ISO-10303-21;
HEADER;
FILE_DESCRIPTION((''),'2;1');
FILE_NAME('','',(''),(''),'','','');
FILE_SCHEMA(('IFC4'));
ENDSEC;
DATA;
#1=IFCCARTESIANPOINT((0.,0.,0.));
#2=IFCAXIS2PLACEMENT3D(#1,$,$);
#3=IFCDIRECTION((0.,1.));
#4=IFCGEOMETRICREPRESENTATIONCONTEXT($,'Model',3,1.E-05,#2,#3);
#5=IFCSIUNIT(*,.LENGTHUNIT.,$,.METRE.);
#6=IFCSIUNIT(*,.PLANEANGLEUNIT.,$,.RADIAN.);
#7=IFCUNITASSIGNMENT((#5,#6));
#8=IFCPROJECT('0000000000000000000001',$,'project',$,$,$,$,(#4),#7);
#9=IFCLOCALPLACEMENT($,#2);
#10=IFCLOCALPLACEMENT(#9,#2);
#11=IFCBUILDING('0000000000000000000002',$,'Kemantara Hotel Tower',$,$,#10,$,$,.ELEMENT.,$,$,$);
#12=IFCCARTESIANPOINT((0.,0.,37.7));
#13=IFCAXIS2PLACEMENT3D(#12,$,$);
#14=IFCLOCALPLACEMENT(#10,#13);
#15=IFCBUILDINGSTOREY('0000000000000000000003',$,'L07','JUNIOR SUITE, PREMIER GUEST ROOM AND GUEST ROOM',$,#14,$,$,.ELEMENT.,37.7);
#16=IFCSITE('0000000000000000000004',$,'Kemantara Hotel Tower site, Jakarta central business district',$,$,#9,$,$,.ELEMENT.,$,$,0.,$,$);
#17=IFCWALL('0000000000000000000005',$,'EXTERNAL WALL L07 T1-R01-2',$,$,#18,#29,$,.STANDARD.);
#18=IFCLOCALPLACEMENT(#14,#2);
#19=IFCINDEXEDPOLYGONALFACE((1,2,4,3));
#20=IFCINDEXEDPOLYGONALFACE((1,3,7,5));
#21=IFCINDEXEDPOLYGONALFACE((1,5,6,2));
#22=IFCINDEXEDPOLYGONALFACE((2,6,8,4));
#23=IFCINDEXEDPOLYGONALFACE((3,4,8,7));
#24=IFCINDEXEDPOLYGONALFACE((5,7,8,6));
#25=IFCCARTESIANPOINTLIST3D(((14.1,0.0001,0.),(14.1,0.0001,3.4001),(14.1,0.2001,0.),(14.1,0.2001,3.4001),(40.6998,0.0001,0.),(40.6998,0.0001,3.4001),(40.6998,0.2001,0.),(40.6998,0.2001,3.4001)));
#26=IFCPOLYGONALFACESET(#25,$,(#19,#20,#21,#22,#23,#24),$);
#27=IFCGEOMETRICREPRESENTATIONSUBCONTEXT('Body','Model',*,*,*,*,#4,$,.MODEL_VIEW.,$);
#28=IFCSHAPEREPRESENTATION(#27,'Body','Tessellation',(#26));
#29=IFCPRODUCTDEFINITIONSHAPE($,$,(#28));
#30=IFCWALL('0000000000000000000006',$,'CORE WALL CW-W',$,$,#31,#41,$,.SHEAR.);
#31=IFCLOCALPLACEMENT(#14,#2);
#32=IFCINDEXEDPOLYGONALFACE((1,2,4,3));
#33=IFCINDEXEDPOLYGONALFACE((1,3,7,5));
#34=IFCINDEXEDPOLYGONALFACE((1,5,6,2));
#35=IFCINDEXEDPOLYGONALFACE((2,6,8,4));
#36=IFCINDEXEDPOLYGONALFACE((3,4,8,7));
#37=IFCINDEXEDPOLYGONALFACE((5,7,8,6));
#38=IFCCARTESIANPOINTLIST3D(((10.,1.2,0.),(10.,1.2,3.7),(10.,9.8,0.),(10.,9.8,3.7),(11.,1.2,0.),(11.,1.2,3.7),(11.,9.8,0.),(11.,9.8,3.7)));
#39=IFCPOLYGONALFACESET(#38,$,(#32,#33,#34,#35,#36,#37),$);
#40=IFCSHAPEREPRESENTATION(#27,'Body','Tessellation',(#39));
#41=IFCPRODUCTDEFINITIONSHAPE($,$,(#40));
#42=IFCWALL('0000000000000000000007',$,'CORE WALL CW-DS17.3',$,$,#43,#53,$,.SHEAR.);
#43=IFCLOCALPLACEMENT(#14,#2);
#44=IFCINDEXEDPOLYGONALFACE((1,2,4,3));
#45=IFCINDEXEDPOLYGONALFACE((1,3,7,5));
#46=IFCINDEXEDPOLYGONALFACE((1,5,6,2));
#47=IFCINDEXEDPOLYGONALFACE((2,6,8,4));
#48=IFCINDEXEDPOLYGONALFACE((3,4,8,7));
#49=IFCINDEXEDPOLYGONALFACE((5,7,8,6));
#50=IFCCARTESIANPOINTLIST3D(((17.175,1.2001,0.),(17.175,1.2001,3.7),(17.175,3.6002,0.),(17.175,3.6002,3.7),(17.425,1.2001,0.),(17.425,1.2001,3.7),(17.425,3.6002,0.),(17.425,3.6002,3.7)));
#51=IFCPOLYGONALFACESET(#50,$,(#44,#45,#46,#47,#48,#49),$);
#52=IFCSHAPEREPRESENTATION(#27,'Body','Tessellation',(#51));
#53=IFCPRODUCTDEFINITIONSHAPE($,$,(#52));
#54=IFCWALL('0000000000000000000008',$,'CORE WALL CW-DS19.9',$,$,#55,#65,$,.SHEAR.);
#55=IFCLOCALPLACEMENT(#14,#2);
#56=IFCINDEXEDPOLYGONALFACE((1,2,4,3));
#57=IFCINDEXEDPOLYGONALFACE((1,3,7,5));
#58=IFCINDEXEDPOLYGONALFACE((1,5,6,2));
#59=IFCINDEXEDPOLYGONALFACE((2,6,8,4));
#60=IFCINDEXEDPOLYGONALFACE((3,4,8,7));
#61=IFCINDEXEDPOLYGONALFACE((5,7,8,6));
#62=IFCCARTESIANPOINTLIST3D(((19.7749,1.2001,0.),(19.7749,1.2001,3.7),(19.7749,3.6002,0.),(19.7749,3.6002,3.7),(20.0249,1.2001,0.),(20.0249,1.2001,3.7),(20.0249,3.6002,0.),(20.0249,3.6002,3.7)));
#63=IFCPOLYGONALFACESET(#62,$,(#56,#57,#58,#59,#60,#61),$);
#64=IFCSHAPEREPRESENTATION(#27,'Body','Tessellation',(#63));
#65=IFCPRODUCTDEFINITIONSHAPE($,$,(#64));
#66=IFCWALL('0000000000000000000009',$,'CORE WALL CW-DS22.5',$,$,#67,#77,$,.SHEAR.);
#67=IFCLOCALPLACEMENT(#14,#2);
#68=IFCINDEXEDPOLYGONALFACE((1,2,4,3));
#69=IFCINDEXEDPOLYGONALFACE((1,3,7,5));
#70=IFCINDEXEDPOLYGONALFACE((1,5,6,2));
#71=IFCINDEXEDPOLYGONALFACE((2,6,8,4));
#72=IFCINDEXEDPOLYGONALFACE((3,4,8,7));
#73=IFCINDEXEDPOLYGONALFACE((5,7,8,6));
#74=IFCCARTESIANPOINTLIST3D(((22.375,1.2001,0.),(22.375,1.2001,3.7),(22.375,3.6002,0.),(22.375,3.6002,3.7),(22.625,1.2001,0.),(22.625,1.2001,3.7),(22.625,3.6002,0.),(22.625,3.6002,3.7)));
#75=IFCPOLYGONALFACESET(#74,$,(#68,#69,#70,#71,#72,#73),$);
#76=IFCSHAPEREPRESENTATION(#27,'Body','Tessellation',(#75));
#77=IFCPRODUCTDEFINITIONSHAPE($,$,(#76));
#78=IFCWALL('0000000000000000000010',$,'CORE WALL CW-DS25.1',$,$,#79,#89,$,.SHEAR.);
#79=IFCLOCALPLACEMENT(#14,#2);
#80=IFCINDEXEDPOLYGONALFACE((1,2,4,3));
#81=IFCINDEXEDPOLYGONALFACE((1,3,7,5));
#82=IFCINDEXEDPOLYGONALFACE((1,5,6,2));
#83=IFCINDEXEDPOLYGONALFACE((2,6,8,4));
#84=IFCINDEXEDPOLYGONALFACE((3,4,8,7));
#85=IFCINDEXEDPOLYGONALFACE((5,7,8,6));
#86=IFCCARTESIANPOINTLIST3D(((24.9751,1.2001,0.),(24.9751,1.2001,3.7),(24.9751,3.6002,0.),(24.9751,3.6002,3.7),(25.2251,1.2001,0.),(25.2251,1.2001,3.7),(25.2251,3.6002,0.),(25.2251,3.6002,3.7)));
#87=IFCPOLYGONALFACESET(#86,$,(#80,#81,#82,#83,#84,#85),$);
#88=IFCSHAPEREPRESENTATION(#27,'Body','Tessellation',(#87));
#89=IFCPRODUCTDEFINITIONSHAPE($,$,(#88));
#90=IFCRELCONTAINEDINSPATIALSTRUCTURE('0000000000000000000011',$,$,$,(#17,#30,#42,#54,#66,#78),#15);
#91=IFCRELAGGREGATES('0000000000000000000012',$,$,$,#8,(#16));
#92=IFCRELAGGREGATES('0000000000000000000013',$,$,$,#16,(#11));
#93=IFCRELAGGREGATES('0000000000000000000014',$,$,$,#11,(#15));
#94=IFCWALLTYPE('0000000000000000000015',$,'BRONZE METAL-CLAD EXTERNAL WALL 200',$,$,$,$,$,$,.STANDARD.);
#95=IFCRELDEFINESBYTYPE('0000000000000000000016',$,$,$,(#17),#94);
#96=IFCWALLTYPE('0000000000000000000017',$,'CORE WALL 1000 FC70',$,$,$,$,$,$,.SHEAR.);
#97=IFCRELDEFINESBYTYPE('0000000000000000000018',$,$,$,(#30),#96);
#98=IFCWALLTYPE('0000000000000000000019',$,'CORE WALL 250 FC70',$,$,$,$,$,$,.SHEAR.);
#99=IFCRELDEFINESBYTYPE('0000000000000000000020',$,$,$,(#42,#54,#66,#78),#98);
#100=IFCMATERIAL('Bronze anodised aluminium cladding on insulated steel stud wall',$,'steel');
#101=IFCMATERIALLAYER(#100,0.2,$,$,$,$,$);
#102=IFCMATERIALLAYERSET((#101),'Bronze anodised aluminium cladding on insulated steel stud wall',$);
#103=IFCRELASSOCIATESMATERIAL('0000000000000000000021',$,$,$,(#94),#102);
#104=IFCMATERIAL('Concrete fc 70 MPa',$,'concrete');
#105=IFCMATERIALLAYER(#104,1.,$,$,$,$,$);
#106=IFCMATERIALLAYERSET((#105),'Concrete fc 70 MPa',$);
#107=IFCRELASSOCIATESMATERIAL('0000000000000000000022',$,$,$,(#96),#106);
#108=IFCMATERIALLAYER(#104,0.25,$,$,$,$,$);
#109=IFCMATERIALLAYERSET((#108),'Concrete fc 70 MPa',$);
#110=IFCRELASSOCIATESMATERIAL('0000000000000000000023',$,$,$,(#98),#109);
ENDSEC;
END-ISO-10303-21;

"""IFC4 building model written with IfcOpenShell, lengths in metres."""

from ifc_helpers import new_model, si_unit, direction, frame, frame_2d, origin, place, context, subcontext, project, spatial, rectangle, extrude, material, layer, layer_set, type_object, element, save


model = new_model("IFC4")

# Units and contexts
model_context = context("Model", 3, precision=1e-05, world=origin(), true_north=direction((0.0, 1.0)))
body_context = subcontext(model_context, "Body", "Model", "MODEL_VIEW")
ifc_project = project(units=[si_unit("LENGTHUNIT", "METRE"), si_unit("PLANEANGLEUNIT", "RADIAN")], contexts=[model_context])

# Site, building, storey
site_placement = place(None, origin())
site = spatial("IfcSite", under=ifc_project, at=site_placement, Name="Kemantara Hotel Tower site, Jakarta central business district", CompositionType="ELEMENT", RefElevation=0.0)
building_placement = place(site_placement, origin())
building = spatial("IfcBuilding", under=site, at=building_placement, Name="Kemantara Hotel Tower", CompositionType="ELEMENT")
storey_placement = place(building_placement, frame((0.0, 0.0, 37.7)))
storey = spatial("IfcBuildingStorey", under=building, at=storey_placement, Name="L07", Description="JUNIOR SUITE, PREMIER GUEST ROOM AND GUEST ROOM", CompositionType="ELEMENT", Elevation=37.7)

# Walls
ifc_material_1 = material(Name="Bronze anodised aluminium cladding on insulated steel stud wall", Category="steel")
ifc_layer_1 = layer(ifc_material_1, 0.2)
ifc_layer_set_1 = layer_set([ifc_layer_1], Name="Bronze anodised aluminium cladding on insulated steel stud wall")
wall_type_1 = type_object("IfcWallType", Name="BRONZE METAL-CLAD EXTERNAL WALL 200", PredefinedType="STANDARD", material=ifc_layer_set_1)
wall_1_placement = place(storey_placement, frame((14.1001, 0.1001, 0.0), z_axis=(0.0, 0.0, 1.0), x_axis=(1.0, 0.0, 0.0)))
element("IfcWall", 1, at=wall_1_placement, inside=storey, type_object=wall_type_1, Name="EXTERNAL WALL L07 T1-R01-2", PredefinedType="STANDARD", context=body_context, shape_type="SweptSolid", body=[
    extrude(rectangle(XDim=26.5999, YDim=0.2, at=frame_2d((13.2998, 0.0))), origin(), (0.0, 0.0, 1.0), 3.4001),
])
ifc_material_2 = material(Name="Concrete fc 70 MPa", Category="concrete")
ifc_layer_2 = layer(ifc_material_2, 1.0)
ifc_layer_set_2 = layer_set([ifc_layer_2], Name="Concrete fc 70 MPa")
wall_type_2 = type_object("IfcWallType", Name="CORE WALL 1000 FC70", PredefinedType="SHEAR", material=ifc_layer_set_2)
wall_2_placement = place(storey_placement, frame((10.5, 1.2, 0.0), z_axis=(0.0, 0.0, 1.0), x_axis=(0.0, 1.0, 0.0)))
element("IfcWall", 2, at=wall_2_placement, inside=storey, type_object=wall_type_2, Name="CORE WALL CW-W", PredefinedType="SHEAR", context=body_context, shape_type="SweptSolid", body=[
    extrude(rectangle(XDim=8.6001, YDim=1.0, at=frame_2d((4.3, 0.0))), origin(), (0.0, 0.0, 1.0), 3.7),
])
ifc_layer_3 = layer(ifc_material_2, 0.25)
ifc_layer_set_3 = layer_set([ifc_layer_3], Name="Concrete fc 70 MPa")
wall_type_3 = type_object("IfcWallType", Name="CORE WALL 250 FC70", PredefinedType="SHEAR", material=ifc_layer_set_3)
for number, where, z_axis, x_axis, name in (
    (3, (17.3, 1.2, 0.0), (0.0, 0.0, 1.0), (0.0, 1.0, 0.0), "CORE WALL CW-DS17.3"),
    (4, (19.8999, 1.2, 0.0), (0.0, 0.0, 1.0), (0.0, 1.0, 0.0), "CORE WALL CW-DS19.9"),
    (5, (22.5, 1.2, 0.0), (0.0, 0.0, 1.0), (0.0, 1.0, 0.0), "CORE WALL CW-DS22.5"),
    (6, (25.1001, 1.2, 0.0), (0.0, 0.0, 1.0), (0.0, 1.0, 0.0), "CORE WALL CW-DS25.1"),
):
    element("IfcWall", number, at=place(storey_placement, frame(where, z_axis=z_axis, x_axis=x_axis)), inside=storey, type_object=wall_type_3, Name=name, PredefinedType="SHEAR", context=body_context, shape_type="SweptSolid", body=[
        extrude(rectangle(XDim=2.4001, YDim=0.25, at=frame_2d((1.2002, 0.0))), origin(), (0.0, 0.0, 1.0), 3.7),
    ])

save(model, "model.ifc")
